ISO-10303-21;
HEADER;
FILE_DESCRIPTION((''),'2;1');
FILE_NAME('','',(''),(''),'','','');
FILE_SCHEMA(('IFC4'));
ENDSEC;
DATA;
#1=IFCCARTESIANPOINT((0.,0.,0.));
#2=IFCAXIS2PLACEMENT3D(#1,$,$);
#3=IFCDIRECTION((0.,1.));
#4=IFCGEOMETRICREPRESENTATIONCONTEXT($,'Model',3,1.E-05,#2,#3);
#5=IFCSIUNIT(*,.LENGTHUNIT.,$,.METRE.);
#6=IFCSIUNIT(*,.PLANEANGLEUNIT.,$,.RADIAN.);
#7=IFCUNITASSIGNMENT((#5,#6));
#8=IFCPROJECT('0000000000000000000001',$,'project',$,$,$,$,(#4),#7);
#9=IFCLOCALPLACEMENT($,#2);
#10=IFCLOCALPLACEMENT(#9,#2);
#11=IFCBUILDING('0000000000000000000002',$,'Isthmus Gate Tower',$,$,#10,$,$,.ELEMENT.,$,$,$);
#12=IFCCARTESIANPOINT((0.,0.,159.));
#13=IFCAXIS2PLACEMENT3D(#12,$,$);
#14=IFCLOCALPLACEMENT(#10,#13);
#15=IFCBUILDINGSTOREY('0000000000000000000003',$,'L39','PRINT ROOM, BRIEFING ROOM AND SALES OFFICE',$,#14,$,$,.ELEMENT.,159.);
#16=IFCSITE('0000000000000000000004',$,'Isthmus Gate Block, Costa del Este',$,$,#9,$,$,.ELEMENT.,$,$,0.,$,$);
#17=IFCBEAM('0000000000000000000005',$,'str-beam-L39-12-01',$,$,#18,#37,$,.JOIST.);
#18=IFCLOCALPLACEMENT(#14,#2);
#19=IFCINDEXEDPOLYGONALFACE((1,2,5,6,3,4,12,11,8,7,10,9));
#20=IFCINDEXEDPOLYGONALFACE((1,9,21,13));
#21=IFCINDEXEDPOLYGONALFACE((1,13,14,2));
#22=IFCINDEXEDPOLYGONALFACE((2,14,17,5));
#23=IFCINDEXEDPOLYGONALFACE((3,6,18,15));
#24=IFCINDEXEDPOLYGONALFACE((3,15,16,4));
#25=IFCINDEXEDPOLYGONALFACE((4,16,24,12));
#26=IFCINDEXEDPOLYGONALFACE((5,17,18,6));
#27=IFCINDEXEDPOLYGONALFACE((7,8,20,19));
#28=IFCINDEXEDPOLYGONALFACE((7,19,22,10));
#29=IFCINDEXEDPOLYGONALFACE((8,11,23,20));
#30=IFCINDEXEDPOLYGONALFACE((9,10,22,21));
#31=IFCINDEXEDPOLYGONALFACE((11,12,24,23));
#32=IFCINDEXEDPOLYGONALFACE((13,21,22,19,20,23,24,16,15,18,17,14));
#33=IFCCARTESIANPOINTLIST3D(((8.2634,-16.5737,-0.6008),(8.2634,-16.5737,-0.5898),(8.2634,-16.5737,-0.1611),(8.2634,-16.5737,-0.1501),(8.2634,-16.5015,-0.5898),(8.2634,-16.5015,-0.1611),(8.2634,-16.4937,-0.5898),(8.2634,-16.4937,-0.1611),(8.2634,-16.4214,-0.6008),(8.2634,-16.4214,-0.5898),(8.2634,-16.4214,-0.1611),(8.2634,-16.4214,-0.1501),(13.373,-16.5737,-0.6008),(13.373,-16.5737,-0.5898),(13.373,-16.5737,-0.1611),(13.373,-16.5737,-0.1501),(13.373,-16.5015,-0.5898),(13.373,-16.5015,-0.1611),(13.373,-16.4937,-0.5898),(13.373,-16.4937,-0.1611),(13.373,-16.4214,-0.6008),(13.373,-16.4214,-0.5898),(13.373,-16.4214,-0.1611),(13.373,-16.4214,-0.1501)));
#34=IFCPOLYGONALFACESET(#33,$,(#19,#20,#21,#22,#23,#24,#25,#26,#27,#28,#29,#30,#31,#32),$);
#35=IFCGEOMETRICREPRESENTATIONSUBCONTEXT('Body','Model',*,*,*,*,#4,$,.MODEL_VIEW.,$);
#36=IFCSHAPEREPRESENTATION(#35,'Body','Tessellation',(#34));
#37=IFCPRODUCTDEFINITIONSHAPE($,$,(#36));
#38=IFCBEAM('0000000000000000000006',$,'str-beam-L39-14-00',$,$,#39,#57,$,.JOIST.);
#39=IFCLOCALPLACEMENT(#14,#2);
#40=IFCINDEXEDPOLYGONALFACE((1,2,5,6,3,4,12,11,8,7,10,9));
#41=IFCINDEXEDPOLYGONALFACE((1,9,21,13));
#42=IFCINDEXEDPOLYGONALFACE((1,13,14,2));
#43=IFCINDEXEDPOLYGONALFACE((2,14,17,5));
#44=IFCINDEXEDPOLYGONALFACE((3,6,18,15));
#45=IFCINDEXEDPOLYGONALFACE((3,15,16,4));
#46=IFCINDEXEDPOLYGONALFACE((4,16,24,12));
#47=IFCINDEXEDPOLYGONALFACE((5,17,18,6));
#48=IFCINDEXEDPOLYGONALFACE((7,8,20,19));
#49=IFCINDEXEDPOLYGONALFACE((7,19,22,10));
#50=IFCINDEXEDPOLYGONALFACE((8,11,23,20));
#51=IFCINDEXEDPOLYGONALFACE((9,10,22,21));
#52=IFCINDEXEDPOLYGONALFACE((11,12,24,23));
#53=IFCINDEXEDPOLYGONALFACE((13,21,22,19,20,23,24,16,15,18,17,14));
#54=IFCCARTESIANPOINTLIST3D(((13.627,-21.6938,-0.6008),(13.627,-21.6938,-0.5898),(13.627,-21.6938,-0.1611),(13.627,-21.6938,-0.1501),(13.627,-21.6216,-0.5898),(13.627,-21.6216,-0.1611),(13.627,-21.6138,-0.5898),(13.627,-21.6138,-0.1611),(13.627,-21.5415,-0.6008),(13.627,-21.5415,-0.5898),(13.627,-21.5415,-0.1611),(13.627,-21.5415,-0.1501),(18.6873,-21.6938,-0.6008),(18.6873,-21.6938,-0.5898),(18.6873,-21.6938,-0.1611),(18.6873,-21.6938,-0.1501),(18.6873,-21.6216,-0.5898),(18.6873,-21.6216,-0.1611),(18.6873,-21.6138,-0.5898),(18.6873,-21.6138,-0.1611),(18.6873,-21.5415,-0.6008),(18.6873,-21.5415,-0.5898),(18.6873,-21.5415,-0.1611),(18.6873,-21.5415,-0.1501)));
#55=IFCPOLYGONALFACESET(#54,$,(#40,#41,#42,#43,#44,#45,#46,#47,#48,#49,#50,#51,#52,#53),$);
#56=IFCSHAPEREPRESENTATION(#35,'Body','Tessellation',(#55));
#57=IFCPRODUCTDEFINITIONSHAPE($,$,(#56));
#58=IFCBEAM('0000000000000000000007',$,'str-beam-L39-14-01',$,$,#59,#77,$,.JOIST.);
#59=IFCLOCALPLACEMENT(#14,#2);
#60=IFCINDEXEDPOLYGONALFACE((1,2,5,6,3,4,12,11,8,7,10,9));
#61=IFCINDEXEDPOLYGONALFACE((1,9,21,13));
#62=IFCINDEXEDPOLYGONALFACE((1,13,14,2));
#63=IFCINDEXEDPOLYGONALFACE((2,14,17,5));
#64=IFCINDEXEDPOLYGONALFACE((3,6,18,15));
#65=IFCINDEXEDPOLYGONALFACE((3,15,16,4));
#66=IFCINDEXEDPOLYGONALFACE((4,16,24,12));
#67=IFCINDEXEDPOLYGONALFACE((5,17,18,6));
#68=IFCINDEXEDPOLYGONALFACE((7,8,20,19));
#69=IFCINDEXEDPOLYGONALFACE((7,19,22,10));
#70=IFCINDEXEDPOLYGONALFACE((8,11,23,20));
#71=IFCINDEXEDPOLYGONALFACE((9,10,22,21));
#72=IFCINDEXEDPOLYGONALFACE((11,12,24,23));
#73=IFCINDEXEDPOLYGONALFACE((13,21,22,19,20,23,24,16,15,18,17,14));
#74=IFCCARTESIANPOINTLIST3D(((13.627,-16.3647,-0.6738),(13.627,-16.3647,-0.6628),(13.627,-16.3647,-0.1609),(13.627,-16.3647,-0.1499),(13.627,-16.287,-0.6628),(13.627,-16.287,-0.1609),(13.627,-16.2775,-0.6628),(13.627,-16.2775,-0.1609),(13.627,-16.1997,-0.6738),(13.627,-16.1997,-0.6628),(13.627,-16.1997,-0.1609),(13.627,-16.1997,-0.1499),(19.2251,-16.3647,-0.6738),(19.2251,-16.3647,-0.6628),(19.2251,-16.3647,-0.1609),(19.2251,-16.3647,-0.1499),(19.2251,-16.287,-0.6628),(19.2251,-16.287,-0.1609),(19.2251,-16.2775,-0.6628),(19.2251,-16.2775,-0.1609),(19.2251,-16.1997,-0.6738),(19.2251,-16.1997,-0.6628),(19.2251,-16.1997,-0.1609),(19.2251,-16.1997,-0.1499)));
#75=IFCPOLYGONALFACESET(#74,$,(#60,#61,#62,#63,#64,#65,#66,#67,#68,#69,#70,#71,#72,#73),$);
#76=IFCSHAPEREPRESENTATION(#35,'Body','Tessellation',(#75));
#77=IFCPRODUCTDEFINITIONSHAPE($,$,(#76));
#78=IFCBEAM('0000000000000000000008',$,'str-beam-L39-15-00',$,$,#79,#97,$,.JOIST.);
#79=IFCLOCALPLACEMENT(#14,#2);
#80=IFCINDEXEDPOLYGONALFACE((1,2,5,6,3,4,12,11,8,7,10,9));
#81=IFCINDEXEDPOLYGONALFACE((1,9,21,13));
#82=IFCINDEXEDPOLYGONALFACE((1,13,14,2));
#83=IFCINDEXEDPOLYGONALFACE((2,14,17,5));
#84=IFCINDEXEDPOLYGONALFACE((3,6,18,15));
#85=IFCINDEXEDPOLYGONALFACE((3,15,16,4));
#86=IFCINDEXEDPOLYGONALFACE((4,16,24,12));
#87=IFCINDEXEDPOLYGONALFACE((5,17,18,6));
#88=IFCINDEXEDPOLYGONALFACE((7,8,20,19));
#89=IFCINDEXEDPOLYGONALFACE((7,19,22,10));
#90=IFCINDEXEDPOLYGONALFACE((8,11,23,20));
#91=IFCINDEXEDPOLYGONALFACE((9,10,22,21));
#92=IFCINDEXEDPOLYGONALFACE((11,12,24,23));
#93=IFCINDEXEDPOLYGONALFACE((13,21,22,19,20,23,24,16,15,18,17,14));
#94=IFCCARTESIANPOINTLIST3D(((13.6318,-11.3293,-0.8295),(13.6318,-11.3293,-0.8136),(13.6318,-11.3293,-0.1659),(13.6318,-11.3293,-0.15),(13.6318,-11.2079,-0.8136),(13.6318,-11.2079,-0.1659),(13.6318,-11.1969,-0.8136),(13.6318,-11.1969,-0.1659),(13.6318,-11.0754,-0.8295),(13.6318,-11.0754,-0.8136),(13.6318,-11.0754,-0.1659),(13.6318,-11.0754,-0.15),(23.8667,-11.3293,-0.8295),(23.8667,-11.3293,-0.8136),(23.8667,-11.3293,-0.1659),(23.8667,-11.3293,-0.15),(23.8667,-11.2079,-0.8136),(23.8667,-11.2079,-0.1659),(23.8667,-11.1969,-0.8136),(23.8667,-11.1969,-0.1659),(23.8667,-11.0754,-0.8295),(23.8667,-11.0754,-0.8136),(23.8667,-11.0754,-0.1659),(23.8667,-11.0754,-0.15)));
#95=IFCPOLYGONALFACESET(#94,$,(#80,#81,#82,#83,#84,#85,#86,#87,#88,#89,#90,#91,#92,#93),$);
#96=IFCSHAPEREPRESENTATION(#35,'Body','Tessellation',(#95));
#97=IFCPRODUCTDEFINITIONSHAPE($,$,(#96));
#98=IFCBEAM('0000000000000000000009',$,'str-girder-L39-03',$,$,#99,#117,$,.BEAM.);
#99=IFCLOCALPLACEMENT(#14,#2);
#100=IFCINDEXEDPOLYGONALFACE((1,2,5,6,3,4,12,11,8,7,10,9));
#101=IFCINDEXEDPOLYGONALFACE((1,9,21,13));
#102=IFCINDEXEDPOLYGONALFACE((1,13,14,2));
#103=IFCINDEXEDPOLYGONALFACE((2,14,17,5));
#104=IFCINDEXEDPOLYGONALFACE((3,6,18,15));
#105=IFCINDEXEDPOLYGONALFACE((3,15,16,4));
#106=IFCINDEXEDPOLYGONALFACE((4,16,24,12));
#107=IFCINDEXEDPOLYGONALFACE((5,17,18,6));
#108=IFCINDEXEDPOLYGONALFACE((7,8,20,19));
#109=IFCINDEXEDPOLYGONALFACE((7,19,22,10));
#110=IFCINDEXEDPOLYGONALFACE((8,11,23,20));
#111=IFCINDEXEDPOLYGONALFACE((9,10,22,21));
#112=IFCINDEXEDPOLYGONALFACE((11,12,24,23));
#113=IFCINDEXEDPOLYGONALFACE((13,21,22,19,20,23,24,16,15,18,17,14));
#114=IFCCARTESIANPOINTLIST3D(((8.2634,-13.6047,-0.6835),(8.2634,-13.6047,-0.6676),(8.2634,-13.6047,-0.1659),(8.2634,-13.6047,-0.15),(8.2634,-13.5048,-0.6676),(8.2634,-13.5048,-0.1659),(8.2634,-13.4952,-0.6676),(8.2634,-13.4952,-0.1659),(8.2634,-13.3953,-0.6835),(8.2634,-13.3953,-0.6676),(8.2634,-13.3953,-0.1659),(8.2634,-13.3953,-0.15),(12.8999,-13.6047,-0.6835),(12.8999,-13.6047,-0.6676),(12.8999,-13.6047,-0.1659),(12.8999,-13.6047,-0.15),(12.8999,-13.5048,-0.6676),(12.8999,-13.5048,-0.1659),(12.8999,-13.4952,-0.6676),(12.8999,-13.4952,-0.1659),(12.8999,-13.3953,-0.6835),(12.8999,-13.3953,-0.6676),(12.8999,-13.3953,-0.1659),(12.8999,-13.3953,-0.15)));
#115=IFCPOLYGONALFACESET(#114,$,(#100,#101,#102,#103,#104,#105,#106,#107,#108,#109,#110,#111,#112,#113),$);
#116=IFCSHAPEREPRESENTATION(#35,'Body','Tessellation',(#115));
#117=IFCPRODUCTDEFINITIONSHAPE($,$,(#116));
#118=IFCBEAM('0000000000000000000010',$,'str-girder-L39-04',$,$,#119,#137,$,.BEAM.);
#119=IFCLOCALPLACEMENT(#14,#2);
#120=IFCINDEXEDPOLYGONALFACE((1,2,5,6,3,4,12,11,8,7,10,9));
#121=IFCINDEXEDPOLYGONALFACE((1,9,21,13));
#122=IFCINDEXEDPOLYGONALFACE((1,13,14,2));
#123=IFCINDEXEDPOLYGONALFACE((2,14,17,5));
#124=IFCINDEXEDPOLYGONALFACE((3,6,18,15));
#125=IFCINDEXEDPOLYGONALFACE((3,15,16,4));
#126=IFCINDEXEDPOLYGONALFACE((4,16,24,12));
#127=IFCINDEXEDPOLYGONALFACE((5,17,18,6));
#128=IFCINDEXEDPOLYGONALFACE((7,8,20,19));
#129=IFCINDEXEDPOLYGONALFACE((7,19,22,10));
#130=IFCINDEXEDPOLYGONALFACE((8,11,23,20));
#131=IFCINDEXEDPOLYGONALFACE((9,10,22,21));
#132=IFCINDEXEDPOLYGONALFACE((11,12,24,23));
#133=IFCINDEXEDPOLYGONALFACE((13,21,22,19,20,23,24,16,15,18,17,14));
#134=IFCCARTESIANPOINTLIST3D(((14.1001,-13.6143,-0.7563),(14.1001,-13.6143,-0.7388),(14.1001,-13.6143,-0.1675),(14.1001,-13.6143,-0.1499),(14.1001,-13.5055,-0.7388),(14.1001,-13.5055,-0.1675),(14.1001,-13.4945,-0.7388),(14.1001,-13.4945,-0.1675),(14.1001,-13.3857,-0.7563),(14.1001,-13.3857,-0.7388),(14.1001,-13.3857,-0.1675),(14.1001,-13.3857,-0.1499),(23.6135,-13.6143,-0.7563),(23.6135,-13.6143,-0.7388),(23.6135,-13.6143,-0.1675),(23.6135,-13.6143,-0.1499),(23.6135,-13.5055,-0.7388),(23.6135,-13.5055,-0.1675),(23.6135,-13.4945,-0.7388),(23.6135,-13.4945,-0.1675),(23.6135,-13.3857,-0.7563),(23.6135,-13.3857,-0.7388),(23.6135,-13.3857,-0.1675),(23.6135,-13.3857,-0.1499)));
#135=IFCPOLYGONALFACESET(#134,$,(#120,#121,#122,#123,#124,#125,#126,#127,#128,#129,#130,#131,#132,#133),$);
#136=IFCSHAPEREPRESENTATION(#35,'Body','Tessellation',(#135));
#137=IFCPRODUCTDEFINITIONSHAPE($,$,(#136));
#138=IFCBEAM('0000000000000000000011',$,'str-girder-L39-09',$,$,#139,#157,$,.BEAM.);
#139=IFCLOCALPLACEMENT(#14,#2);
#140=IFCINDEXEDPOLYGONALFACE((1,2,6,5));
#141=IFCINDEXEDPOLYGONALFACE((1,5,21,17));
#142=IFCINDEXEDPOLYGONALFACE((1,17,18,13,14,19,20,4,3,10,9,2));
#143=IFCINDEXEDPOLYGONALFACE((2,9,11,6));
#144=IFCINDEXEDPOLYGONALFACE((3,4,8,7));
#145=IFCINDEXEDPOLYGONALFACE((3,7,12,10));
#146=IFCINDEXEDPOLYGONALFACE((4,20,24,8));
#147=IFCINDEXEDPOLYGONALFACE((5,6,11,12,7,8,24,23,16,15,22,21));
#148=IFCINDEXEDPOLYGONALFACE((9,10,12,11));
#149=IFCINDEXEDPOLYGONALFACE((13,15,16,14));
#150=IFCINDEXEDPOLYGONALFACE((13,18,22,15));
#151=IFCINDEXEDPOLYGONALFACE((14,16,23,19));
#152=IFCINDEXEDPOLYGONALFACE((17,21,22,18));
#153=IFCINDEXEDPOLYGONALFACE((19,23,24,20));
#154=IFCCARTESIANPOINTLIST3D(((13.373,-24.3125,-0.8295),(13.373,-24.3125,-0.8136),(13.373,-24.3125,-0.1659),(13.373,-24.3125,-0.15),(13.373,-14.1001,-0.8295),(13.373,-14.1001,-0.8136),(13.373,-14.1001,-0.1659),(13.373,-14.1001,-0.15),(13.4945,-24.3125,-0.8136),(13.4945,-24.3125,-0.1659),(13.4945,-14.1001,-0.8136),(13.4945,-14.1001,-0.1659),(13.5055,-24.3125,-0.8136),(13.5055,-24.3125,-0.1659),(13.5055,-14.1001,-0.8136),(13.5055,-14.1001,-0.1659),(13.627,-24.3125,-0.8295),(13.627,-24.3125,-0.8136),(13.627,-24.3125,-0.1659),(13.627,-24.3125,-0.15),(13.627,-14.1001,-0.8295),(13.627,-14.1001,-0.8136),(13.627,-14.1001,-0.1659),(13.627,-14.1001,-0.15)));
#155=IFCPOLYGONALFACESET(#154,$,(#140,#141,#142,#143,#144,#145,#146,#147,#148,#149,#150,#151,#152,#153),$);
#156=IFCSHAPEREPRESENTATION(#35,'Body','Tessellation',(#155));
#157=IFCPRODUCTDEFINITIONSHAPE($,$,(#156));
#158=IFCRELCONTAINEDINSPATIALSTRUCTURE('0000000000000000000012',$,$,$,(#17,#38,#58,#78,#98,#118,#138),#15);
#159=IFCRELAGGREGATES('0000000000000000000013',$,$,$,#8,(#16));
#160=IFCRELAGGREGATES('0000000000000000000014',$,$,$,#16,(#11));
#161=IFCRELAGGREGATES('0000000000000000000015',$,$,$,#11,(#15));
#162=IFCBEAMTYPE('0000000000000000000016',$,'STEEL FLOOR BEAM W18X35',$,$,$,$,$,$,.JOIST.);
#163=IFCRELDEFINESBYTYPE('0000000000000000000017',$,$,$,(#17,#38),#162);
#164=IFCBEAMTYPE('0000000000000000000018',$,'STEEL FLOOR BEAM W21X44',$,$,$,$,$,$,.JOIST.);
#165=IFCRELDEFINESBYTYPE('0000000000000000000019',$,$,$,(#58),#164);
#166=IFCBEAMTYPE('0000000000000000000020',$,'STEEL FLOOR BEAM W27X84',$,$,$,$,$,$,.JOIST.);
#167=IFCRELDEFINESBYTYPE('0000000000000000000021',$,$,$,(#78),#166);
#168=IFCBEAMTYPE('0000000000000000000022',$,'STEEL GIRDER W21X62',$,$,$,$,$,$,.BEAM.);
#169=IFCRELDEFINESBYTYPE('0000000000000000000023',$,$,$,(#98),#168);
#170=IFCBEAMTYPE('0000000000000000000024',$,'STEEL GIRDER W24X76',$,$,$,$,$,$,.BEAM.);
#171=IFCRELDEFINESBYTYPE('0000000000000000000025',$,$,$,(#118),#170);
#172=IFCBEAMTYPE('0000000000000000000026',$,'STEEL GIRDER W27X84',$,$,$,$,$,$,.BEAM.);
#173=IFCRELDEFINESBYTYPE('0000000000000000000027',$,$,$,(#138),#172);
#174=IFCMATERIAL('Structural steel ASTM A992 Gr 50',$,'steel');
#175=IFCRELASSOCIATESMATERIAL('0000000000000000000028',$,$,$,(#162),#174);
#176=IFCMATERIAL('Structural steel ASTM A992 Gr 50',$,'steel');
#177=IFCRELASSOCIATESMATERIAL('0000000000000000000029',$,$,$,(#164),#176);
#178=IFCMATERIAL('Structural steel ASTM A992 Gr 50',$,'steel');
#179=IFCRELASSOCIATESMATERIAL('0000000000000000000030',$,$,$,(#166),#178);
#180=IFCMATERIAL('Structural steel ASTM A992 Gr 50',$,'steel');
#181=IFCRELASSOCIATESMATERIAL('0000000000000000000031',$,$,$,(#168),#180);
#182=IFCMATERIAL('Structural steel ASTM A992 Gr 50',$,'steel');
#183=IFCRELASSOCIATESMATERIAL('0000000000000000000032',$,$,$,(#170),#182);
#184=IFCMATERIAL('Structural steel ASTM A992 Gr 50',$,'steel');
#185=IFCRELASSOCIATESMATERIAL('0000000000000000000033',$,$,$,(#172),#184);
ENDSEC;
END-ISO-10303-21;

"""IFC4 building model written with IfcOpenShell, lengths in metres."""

from ifc_helpers import new_model, si_unit, direction, frame, origin, origin_2d, place, context, subcontext, project, spatial, i_section, extrude, material, material_profile, profile_set, type_object, element, save


model = new_model("IFC4")

# Units and contexts
model_context = context("Model", 3, precision=1e-05, world=origin(), true_north=direction((0.0, 1.0)))
body_context = subcontext(model_context, "Body", "Model", "MODEL_VIEW")
ifc_project = project(units=[si_unit("LENGTHUNIT", "METRE"), si_unit("PLANEANGLEUNIT", "RADIAN")], contexts=[model_context])

# Site, building, storey
site_placement = place(None, origin())
site = spatial("IfcSite", under=ifc_project, at=site_placement, Name="Isthmus Gate Block, Costa del Este", CompositionType="ELEMENT", RefElevation=0.0)
building_placement = place(site_placement, origin())
building = spatial("IfcBuilding", under=site, at=building_placement, Name="Isthmus Gate Tower", CompositionType="ELEMENT")
storey_placement = place(building_placement, frame((0.0, 0.0, 159.0)))
storey = spatial("IfcBuildingStorey", under=building, at=storey_placement, Name="L39", Description="PRINT ROOM, BRIEFING ROOM AND SALES OFFICE", CompositionType="ELEMENT", Elevation=159.0)

# Beams
ifc_material_1 = material(Name="Structural steel ASTM A992 Gr 50", Category="steel")
ifc_material_profile_1 = material_profile(ifc_material_1, i_section(OverallWidth=0.1523, OverallDepth=0.4507, WebThickness=0.0078, FlangeThickness=0.011, at=origin_2d()), Name="W18X35")
ifc_profile_set_1 = profile_set([ifc_material_profile_1], Name="Structural steel ASTM A992 Gr 50")
beam_type_1 = type_object("IfcBeamType", Name="STEEL FLOOR BEAM W18X35", PredefinedType="JOIST", material=ifc_profile_set_1)
for number, where, z_axis, x_axis, name in (
    (1, (8.2634, -16.4976, -0.3755), (1.0, 0.0, 0.0), (0.0, 1.0, 0.0), "str-beam-L39-12-01"),
):
    element("IfcBeam", number, at=place(storey_placement, frame(where, z_axis=z_axis, x_axis=x_axis)), inside=storey, type_object=beam_type_1, Name=name, PredefinedType="JOIST", context=body_context, shape_type="SweptSolid", body=[
        extrude(i_section(OverallWidth=0.1523, OverallDepth=0.4507, WebThickness=0.0078, FlangeThickness=0.011, at=origin_2d()), origin(), (0.0, 0.0, 1.0), 5.1096),
    ])
beam_1_placement = place(storey_placement, frame((13.627, -21.6177, -0.3755), z_axis=(1.0, 0.0, 0.0), x_axis=(0.0, 1.0, 0.0)))
element("IfcBeam", 2, at=beam_1_placement, inside=storey, type_object=beam_type_1, Name="str-beam-L39-14-00", PredefinedType="JOIST", context=body_context, shape_type="SweptSolid", body=[
    extrude(i_section(OverallWidth=0.1523, OverallDepth=0.4507, WebThickness=0.0078, FlangeThickness=0.011, at=origin_2d()), origin(), (0.0, 0.0, 1.0), 5.0603),
])
ifc_material_2 = material(Name="Structural steel ASTM A992 Gr 50", Category="steel")
ifc_material_profile_2 = material_profile(ifc_material_2, i_section(OverallWidth=0.165, OverallDepth=0.5239, WebThickness=0.0095, FlangeThickness=0.011, at=origin_2d()), Name="W21X44")
ifc_profile_set_2 = profile_set([ifc_material_profile_2], Name="Structural steel ASTM A992 Gr 50")
beam_type_2 = type_object("IfcBeamType", Name="STEEL FLOOR BEAM W21X44", PredefinedType="JOIST", material=ifc_profile_set_2)
beam_2_placement = place(storey_placement, frame((13.627, -16.2822, -0.4119), z_axis=(1.0, 0.0, 0.0), x_axis=(0.0, 1.0, 0.0)))
element("IfcBeam", 3, at=beam_2_placement, inside=storey, type_object=beam_type_2, Name="str-beam-L39-14-01", PredefinedType="JOIST", context=body_context, shape_type="SweptSolid", body=[
    extrude(i_section(OverallWidth=0.165, OverallDepth=0.5239, WebThickness=0.0095, FlangeThickness=0.011, at=origin_2d()), origin(), (0.0, 0.0, 1.0), 5.5981),
])
ifc_material_3 = material(Name="Structural steel ASTM A992 Gr 50", Category="steel")
ifc_material_profile_3 = material_profile(ifc_material_3, i_section(OverallWidth=0.2539, OverallDepth=0.6794, WebThickness=0.011, FlangeThickness=0.0159, at=origin_2d()), Name="W27X84")
ifc_profile_set_3 = profile_set([ifc_material_profile_3], Name="Structural steel ASTM A992 Gr 50")
beam_type_3 = type_object("IfcBeamType", Name="STEEL FLOOR BEAM W27X84", PredefinedType="JOIST", material=ifc_profile_set_3)
beam_3_placement = place(storey_placement, frame((13.6318, -11.2024, -0.4897), z_axis=(1.0, 0.0, 0.0), x_axis=(0.0, 1.0, 0.0)))
element("IfcBeam", 4, at=beam_3_placement, inside=storey, type_object=beam_type_3, Name="str-beam-L39-15-00", PredefinedType="JOIST", context=body_context, shape_type="SweptSolid", body=[
    extrude(i_section(OverallWidth=0.2539, OverallDepth=0.6794, WebThickness=0.011, FlangeThickness=0.0159, at=origin_2d()), origin(), (0.0, 0.0, 1.0), 10.2349),
])
ifc_material_4 = material(Name="Structural steel ASTM A992 Gr 50", Category="steel")
ifc_material_profile_4 = material_profile(ifc_material_4, i_section(OverallWidth=0.2095, OverallDepth=0.5334, WebThickness=0.0095, FlangeThickness=0.0159, at=origin_2d()), Name="W21X62")
ifc_profile_set_4 = profile_set([ifc_material_profile_4], Name="Structural steel ASTM A992 Gr 50")
beam_type_4 = type_object("IfcBeamType", Name="STEEL GIRDER W21X62", PredefinedType="BEAM", material=ifc_profile_set_4)
beam_4_placement = place(storey_placement, frame((8.2634, -13.5, -0.4167), z_axis=(1.0, 0.0, 0.0), x_axis=(0.0, 1.0, 0.0)))
element("IfcBeam", 5, at=beam_4_placement, inside=storey, type_object=beam_type_4, Name="str-girder-L39-03", PredefinedType="BEAM", context=body_context, shape_type="SweptSolid", body=[
    extrude(i_section(OverallWidth=0.2095, OverallDepth=0.5334, WebThickness=0.0095, FlangeThickness=0.0159, at=origin_2d()), origin(), (0.0, 0.0, 1.0), 4.6365),
])
ifc_material_5 = material(Name="Structural steel ASTM A992 Gr 50", Category="steel")
ifc_material_profile_5 = material_profile(ifc_material_5, i_section(OverallWidth=0.2285, OverallDepth=0.6064, WebThickness=0.011, FlangeThickness=0.0176, at=origin_2d()), Name="W24X76")
ifc_profile_set_5 = profile_set([ifc_material_profile_5], Name="Structural steel ASTM A992 Gr 50")
beam_type_5 = type_object("IfcBeamType", Name="STEEL GIRDER W24X76", PredefinedType="BEAM", material=ifc_profile_set_5)
beam_5_placement = place(storey_placement, frame((14.1001, -13.5, -0.4531), z_axis=(1.0, 0.0, 0.0), x_axis=(0.0, 1.0, 0.0)))
element("IfcBeam", 6, at=beam_5_placement, inside=storey, type_object=beam_type_5, Name="str-girder-L39-04", PredefinedType="BEAM", context=body_context, shape_type="SweptSolid", body=[
    extrude(i_section(OverallWidth=0.2285, OverallDepth=0.6064, WebThickness=0.011, FlangeThickness=0.0176, at=origin_2d()), origin(), (0.0, 0.0, 1.0), 9.5134),
])
ifc_material_6 = material(Name="Structural steel ASTM A992 Gr 50", Category="steel")
ifc_material_profile_6 = material_profile(ifc_material_6, i_section(OverallWidth=0.2539, OverallDepth=0.6794, WebThickness=0.011, FlangeThickness=0.0159, at=origin_2d()), Name="W27X84")
ifc_profile_set_6 = profile_set([ifc_material_profile_6], Name="Structural steel ASTM A992 Gr 50")
beam_type_6 = type_object("IfcBeamType", Name="STEEL GIRDER W27X84", PredefinedType="BEAM", material=ifc_profile_set_6)
beam_6_placement = place(storey_placement, frame((13.5, -24.3125, -0.4897), z_axis=(0.0, 1.0, 0.0), x_axis=(-1.0, 0.0, 0.0)))
element("IfcBeam", 7, at=beam_6_placement, inside=storey, type_object=beam_type_6, Name="str-girder-L39-09", PredefinedType="BEAM", context=body_context, shape_type="SweptSolid", body=[
    extrude(i_section(OverallWidth=0.2539, OverallDepth=0.6794, WebThickness=0.011, FlangeThickness=0.0159, at=origin_2d()), origin(), (0.0, 0.0, 1.0), 10.2124),
])

save(model, "model.ifc")
